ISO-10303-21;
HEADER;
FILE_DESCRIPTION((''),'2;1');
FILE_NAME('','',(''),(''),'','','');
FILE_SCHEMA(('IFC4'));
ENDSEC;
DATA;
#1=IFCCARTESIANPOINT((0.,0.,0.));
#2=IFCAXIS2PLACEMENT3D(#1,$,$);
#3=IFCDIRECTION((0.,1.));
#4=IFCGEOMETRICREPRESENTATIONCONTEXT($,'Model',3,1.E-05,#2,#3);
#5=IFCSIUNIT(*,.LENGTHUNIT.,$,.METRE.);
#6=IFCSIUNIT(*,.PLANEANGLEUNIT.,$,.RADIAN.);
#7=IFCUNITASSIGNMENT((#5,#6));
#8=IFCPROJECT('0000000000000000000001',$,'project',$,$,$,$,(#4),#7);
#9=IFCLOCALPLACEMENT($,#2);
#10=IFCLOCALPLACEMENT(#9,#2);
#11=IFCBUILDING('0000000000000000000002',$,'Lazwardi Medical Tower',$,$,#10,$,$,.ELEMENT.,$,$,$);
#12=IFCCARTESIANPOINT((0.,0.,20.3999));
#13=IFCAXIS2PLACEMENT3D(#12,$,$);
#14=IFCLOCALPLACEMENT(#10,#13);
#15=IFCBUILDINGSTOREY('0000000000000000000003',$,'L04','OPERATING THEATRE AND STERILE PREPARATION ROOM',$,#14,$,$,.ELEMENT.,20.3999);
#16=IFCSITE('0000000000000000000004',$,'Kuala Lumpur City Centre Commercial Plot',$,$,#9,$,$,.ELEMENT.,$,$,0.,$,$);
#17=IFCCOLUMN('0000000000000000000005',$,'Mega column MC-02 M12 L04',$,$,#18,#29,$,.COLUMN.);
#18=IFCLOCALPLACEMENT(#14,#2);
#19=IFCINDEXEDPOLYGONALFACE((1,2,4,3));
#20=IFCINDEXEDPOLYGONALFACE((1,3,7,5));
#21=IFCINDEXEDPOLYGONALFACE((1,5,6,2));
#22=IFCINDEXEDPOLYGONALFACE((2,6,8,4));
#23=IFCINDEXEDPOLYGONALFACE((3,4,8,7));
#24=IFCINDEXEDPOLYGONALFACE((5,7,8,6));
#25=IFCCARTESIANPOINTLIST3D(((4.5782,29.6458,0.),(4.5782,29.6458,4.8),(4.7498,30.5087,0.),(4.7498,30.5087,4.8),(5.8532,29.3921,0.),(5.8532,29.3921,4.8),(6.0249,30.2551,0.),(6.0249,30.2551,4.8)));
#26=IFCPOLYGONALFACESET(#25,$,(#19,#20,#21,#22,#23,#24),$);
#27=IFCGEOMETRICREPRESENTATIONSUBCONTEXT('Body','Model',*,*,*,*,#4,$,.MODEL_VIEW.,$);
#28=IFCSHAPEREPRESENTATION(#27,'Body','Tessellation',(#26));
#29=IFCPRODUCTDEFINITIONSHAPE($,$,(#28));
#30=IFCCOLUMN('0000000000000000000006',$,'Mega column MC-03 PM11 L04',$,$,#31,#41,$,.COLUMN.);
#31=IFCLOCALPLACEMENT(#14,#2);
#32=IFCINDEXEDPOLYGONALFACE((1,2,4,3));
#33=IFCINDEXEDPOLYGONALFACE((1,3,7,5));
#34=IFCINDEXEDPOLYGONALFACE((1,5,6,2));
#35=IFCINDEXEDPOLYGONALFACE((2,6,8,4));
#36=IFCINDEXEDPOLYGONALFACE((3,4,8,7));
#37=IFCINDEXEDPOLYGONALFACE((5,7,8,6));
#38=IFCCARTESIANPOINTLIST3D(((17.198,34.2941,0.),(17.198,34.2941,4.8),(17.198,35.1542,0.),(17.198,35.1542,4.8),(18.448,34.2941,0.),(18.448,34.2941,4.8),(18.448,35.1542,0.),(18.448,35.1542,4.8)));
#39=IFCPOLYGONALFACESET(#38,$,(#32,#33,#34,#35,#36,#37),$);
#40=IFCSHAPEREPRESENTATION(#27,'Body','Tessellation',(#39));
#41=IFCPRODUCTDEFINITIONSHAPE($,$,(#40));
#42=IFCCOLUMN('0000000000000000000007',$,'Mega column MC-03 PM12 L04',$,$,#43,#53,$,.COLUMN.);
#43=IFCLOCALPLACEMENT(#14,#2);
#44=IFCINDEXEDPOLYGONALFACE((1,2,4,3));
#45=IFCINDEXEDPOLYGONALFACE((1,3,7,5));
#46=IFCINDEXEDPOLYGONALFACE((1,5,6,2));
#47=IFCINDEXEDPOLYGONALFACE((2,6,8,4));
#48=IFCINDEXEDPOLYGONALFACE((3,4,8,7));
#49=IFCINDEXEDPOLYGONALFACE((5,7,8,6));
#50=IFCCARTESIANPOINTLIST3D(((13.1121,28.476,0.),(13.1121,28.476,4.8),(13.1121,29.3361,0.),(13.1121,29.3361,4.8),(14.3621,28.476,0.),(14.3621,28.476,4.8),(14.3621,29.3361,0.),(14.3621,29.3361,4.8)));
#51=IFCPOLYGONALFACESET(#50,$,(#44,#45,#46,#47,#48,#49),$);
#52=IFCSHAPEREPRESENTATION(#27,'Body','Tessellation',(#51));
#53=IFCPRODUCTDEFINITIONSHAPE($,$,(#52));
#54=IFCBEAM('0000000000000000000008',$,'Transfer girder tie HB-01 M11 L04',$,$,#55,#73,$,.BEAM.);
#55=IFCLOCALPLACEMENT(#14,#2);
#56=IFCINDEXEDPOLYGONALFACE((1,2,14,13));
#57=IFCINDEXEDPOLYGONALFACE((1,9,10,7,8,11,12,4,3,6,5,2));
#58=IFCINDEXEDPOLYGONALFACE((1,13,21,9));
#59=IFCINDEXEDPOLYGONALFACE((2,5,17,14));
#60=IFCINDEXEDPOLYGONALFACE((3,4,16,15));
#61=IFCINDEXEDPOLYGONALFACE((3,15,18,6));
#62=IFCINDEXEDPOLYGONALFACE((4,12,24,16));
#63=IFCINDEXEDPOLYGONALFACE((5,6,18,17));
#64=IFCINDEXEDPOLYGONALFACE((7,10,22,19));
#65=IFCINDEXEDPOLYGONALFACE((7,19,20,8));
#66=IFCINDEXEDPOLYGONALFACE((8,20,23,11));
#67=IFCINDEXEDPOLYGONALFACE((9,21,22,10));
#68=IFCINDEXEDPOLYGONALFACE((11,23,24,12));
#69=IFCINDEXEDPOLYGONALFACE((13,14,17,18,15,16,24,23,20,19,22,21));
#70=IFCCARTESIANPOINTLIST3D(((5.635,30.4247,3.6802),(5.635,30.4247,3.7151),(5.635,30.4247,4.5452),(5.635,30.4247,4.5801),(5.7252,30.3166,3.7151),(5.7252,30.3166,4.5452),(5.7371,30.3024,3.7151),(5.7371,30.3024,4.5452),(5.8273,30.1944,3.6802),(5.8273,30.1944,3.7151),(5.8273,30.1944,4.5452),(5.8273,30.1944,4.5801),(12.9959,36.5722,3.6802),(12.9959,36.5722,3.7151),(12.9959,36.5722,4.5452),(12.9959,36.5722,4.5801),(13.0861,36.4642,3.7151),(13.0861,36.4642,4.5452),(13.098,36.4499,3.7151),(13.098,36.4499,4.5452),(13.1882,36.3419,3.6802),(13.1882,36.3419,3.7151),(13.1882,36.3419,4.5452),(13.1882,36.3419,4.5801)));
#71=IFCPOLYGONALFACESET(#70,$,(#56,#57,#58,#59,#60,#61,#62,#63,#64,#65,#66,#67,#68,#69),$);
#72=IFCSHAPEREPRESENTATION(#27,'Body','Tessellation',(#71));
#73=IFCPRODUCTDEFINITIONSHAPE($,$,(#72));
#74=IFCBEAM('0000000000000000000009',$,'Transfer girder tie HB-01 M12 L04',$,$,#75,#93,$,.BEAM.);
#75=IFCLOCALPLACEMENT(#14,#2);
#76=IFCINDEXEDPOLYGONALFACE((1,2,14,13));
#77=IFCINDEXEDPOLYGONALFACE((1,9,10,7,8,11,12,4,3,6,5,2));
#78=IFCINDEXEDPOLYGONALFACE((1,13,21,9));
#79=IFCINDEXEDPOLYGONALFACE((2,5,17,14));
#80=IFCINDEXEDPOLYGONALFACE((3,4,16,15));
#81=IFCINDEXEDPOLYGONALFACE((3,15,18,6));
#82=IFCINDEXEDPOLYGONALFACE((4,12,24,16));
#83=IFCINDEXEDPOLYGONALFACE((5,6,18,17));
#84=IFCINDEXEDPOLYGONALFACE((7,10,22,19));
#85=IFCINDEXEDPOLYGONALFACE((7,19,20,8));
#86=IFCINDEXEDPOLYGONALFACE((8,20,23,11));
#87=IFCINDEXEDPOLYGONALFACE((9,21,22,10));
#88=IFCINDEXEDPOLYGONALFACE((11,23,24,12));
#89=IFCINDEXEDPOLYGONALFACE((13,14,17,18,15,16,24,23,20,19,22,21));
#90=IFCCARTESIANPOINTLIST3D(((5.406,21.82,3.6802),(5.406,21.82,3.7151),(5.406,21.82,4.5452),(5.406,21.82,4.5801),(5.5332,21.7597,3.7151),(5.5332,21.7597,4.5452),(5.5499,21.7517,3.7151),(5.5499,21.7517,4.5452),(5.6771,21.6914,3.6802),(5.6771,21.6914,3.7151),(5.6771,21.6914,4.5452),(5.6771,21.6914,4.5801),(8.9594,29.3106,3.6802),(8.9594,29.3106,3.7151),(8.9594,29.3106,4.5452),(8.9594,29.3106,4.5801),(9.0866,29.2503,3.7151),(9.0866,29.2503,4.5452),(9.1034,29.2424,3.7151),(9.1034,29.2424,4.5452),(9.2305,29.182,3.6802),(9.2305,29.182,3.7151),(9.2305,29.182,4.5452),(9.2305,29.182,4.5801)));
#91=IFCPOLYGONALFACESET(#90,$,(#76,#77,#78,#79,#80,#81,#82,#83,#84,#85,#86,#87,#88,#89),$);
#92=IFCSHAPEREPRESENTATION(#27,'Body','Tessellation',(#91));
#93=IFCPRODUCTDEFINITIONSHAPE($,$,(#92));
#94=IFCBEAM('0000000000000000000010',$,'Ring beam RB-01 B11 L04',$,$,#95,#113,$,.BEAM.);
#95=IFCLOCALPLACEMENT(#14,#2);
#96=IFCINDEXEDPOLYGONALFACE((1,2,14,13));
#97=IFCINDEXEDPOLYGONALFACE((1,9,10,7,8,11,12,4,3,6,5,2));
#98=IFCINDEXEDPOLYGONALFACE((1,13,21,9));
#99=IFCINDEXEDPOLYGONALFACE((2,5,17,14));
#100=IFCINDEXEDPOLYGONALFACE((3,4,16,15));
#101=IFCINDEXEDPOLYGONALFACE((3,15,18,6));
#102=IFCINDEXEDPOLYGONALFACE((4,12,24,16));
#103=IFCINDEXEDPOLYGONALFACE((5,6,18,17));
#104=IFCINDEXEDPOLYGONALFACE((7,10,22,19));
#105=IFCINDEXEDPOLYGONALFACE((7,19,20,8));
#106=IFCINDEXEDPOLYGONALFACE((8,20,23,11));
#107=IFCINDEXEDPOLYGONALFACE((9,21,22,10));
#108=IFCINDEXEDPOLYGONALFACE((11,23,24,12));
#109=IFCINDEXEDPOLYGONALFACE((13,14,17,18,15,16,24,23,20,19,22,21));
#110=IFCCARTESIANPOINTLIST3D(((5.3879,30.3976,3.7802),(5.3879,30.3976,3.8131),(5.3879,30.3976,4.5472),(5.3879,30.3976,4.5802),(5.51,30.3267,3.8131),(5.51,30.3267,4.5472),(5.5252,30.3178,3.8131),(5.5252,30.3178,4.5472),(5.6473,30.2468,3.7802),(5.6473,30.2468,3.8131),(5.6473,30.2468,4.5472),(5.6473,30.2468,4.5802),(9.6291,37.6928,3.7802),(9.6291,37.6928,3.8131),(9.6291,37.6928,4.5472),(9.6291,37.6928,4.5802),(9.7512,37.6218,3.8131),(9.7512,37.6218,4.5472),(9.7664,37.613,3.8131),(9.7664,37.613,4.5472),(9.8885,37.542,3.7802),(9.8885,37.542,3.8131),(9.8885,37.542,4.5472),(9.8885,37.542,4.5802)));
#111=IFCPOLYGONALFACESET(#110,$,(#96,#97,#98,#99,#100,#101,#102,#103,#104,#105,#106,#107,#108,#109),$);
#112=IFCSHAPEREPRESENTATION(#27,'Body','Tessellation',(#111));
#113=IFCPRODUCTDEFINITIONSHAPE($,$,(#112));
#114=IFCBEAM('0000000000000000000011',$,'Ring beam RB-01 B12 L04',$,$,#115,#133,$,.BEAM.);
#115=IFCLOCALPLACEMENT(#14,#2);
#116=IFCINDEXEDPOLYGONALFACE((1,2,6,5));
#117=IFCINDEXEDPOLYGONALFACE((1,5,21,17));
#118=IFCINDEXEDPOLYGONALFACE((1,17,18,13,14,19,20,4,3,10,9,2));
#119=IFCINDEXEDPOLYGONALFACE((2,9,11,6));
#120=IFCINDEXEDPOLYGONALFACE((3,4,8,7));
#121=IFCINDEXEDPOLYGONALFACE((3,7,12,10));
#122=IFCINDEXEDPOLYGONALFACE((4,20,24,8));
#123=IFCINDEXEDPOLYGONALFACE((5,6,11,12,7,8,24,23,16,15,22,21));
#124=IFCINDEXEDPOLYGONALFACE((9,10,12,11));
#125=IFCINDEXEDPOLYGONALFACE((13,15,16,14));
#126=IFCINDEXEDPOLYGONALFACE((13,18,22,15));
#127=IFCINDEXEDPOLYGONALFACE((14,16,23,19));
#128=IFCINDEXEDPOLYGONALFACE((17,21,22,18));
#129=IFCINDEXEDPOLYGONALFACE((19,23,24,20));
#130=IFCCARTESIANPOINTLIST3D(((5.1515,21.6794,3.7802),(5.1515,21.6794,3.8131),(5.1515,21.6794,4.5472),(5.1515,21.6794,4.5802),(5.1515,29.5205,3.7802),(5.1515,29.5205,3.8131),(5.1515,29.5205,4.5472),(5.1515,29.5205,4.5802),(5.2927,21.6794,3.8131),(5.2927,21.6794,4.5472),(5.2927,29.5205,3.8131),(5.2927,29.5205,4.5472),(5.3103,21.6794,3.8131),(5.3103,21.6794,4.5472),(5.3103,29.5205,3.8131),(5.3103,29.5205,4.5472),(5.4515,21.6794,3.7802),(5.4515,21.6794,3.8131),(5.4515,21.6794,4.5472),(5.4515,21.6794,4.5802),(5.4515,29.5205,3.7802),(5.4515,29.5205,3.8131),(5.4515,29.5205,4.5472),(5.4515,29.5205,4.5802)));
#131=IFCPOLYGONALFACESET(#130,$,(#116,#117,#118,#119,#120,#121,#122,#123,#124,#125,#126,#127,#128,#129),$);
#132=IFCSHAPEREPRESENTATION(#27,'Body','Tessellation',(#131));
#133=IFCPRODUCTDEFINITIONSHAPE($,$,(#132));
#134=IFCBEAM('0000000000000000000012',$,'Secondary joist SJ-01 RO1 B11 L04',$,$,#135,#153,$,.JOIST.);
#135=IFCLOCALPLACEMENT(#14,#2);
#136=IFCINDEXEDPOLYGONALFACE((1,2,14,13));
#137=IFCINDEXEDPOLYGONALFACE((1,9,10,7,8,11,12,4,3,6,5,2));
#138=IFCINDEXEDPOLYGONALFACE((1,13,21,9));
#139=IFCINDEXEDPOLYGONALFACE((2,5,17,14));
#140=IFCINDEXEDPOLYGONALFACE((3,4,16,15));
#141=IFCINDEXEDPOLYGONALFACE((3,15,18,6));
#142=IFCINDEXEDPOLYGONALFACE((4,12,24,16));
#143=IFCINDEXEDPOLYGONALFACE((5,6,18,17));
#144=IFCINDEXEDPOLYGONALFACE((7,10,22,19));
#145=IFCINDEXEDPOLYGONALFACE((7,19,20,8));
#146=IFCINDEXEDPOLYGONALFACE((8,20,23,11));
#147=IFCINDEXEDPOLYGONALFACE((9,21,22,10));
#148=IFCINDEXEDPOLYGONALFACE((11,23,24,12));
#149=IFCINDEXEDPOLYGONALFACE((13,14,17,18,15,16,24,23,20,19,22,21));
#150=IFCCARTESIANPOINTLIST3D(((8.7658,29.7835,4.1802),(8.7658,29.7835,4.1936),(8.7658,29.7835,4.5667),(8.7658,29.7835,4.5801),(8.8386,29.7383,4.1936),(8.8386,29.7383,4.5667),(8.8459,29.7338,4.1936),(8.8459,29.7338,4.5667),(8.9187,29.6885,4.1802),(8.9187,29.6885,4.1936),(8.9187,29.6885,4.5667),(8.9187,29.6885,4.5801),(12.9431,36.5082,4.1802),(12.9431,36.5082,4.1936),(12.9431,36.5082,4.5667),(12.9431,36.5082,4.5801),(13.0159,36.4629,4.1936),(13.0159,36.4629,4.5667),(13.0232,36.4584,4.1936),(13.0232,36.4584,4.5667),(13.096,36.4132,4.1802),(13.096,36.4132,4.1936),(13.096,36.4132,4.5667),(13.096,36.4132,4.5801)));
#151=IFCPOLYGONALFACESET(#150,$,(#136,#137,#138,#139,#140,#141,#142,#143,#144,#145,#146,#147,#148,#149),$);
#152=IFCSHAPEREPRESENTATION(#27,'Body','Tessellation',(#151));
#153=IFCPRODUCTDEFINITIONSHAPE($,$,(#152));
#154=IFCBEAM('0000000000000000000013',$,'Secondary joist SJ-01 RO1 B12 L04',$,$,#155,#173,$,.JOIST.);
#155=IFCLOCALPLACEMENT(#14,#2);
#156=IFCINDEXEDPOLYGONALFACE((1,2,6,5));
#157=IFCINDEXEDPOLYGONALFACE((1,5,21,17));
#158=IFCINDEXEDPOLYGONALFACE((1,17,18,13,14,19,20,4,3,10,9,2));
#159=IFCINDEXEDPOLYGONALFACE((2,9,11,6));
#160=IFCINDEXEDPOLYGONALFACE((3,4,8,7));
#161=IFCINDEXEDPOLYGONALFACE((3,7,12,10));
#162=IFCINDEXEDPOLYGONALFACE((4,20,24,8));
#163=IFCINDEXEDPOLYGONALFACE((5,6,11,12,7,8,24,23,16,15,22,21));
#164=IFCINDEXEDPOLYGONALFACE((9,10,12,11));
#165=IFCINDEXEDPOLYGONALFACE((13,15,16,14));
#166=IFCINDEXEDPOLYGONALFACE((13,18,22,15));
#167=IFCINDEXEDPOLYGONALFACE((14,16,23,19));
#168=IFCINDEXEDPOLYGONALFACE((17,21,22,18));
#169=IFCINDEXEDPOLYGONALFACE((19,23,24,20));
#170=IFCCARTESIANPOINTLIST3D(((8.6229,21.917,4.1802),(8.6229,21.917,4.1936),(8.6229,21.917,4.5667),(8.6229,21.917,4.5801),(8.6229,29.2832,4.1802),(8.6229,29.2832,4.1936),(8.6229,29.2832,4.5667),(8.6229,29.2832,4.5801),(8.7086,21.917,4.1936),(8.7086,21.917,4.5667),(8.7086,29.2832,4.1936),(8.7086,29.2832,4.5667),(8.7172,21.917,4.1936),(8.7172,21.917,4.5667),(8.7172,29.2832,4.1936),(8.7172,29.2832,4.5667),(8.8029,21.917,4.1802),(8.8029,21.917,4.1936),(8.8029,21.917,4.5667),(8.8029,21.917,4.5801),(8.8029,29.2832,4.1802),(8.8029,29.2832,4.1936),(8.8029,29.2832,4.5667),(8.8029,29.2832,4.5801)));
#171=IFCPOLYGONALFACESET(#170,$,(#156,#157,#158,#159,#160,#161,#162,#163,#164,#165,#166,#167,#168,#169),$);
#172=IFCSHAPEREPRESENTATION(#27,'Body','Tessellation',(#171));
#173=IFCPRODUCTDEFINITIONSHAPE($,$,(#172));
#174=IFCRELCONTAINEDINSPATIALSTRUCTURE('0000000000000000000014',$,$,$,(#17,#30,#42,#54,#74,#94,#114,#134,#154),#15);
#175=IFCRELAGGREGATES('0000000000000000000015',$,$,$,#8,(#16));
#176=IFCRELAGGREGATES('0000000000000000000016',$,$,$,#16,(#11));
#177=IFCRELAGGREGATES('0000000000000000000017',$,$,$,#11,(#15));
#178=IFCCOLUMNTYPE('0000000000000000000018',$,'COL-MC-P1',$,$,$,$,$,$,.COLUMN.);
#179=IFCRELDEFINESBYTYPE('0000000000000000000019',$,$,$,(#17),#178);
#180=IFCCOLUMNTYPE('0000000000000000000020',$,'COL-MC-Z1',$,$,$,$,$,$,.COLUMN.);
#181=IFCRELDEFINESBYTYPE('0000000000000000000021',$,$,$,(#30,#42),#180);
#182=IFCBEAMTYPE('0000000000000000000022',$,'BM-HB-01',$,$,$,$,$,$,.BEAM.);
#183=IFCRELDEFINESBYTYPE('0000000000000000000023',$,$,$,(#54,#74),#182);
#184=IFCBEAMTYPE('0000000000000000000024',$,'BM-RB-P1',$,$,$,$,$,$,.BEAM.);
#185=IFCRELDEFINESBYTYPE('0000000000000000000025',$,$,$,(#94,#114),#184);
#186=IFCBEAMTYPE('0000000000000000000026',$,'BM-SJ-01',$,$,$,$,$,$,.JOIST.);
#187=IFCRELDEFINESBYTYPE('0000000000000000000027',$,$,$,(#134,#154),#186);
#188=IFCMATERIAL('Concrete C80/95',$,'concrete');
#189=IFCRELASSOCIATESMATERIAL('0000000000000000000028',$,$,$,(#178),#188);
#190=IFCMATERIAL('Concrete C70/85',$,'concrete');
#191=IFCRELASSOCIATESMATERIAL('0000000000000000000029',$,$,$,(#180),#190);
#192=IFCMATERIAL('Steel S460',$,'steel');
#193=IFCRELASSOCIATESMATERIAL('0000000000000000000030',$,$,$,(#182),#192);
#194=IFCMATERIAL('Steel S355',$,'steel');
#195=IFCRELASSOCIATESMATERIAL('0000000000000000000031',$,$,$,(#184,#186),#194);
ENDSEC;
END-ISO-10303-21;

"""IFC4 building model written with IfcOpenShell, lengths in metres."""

from ifc_helpers import new_model, si_unit, direction, frame, origin, origin_2d, place, context, subcontext, project, spatial, rectangle, i_section, extrude, material, material_profile, profile_set, type_object, element, save


model = new_model("IFC4")

# Units and contexts
model_context = context("Model", 3, precision=1e-05, world=origin(), true_north=direction((0.0, 1.0)))
body_context = subcontext(model_context, "Body", "Model", "MODEL_VIEW")
ifc_project = project(units=[si_unit("LENGTHUNIT", "METRE"), si_unit("PLANEANGLEUNIT", "RADIAN")], contexts=[model_context])

# Site, building, storey
site_placement = place(None, origin())
site = spatial("IfcSite", under=ifc_project, at=site_placement, Name="Kuala Lumpur City Centre Commercial Plot", CompositionType="ELEMENT", RefElevation=0.0)
building_placement = place(site_placement, origin())
building = spatial("IfcBuilding", under=site, at=building_placement, Name="Lazwardi Medical Tower", CompositionType="ELEMENT")
storey_placement = place(building_placement, frame((0.0, 0.0, 20.3999)))
storey = spatial("IfcBuildingStorey", under=building, at=storey_placement, Name="L04", Description="OPERATING THEATRE AND STERILE PREPARATION ROOM", CompositionType="ELEMENT", Elevation=20.3999)

# Columns
ifc_material_1 = material(Name="Concrete C80/95", Category="concrete")
ifc_material_profile_1 = material_profile(ifc_material_1, rectangle(XDim=1.3, YDim=0.8799, at=origin_2d()), Name="CFT-RECT 1300x880")
ifc_profile_set_1 = profile_set([ifc_material_profile_1], Name="Concrete C80/95")
column_type_1 = type_object("IfcColumnType", Name="COL-MC-P1", PredefinedType="COLUMN", material=ifc_profile_set_1)
column_placement = place(storey_placement, frame((5.3015, 29.9504, 0.0), z_axis=(0.0, 0.0, 1.0), x_axis=(-0.980785, 0.19509, 0.0)))
element("IfcColumn", 1, at=column_placement, inside=storey, type_object=column_type_1, Name="Mega column MC-02 M12 L04", PredefinedType="COLUMN", context=body_context, shape_type="SweptSolid", body=[
    extrude(rectangle(XDim=1.3, YDim=0.8799, at=origin_2d()), origin(), (0.0, 0.0, 1.0), 4.8),
])
ifc_material_2 = material(Name="Concrete C70/85", Category="concrete")
ifc_material_profile_2 = material_profile(ifc_material_2, rectangle(XDim=1.25, YDim=0.8601, at=origin_2d()), Name="CFT-RECT 1250x860")
ifc_profile_set_2 = profile_set([ifc_material_profile_2], Name="Concrete C70/85")
column_type_2 = type_object("IfcColumnType", Name="COL-MC-Z1", PredefinedType="COLUMN", material=ifc_profile_set_2)
for number, where, z_axis, x_axis, name in (
    (2, (17.823, 34.7241, 0.0), (0.0, 0.0, 1.0), (1.0, 0.0, 0.0), "Mega column MC-03 PM11 L04"),
    (3, (13.7371, 28.906, 0.0), (0.0, 0.0, 1.0), (1.0, 0.0, 0.0), "Mega column MC-03 PM12 L04"),
):
    element("IfcColumn", number, at=place(storey_placement, frame(where, z_axis=z_axis, x_axis=x_axis)), inside=storey, type_object=column_type_2, Name=name, PredefinedType="COLUMN", context=body_context, shape_type="SweptSolid", body=[
        extrude(rectangle(XDim=1.25, YDim=0.8601, at=origin_2d()), origin(), (0.0, 0.0, 1.0), 4.8),
    ])

# Beams
ifc_material_3 = material(Name="Steel S460", Category="steel")
ifc_material_profile_3 = material_profile(ifc_material_3, i_section(OverallWidth=0.3, OverallDepth=0.8999, WebThickness=0.0186, FlangeThickness=0.0349, at=origin_2d()), Name="HEB 900")
ifc_profile_set_3 = profile_set([ifc_material_profile_3], Name="Steel S460")
beam_type_1 = type_object("IfcBeamType", Name="BM-HB-01", PredefinedType="BEAM", material=ifc_profile_set_3)
beam_1_placement = place(storey_placement, frame((13.092, 36.457, 4.1301), z_axis=(-0.767532, -0.64101, 0.0), x_axis=(0.64101, -0.767532, 0.0)))
element("IfcBeam", 4, at=beam_1_placement, inside=storey, type_object=beam_type_1, Name="Transfer girder tie HB-01 M11 L04", PredefinedType="BEAM", context=body_context, shape_type="SweptSolid", body=[
    extrude(i_section(OverallWidth=0.3, OverallDepth=0.8999, WebThickness=0.0186, FlangeThickness=0.0349, at=origin_2d()), origin(), (0.0, 0.0, 1.0), 9.5903),
])
beam_2_placement = place(storey_placement, frame((9.095, 29.2463, 4.1301), z_axis=(-0.428601, -0.903494, 0.0), x_axis=(0.903494, -0.428601, 0.0)))
element("IfcBeam", 5, at=beam_2_placement, inside=storey, type_object=beam_type_1, Name="Transfer girder tie HB-01 M12 L04", PredefinedType="BEAM", context=body_context, shape_type="SweptSolid", body=[
    extrude(i_section(OverallWidth=0.3, OverallDepth=0.8999, WebThickness=0.0186, FlangeThickness=0.0349, at=origin_2d()), origin(), (0.0, 0.0, 1.0), 8.2908),
])
ifc_material_4 = material(Name="Steel S355", Category="steel")
ifc_material_profile_4 = material_profile(ifc_material_4, i_section(OverallWidth=0.3, OverallDepth=0.8, WebThickness=0.0176, FlangeThickness=0.033, at=origin_2d()), Name="HEB 800")
ifc_profile_set_4 = profile_set([ifc_material_profile_4], Name="Steel S355")
beam_type_2 = type_object("IfcBeamType", Name="BM-RB-P1", PredefinedType="BEAM", material=ifc_profile_set_4)
beam_3_placement = place(storey_placement, frame((9.7588, 37.6174, 4.1802), z_axis=(-0.502606, -0.864516, 0.0), x_axis=(0.864516, -0.502606, 0.0)))
element("IfcBeam", 6, at=beam_3_placement, inside=storey, type_object=beam_type_2, Name="Ring beam RB-01 B11 L04", PredefinedType="BEAM", context=body_context, shape_type="SweptSolid", body=[
    extrude(i_section(OverallWidth=0.3, OverallDepth=0.8, WebThickness=0.0176, FlangeThickness=0.033, at=origin_2d()), origin(), (0.0, 0.0, 1.0), 8.4385),
])
beam_4_placement = place(storey_placement, frame((5.3015, 29.5205, 4.1802), z_axis=(0.0, -1.0, 0.0), x_axis=(1.0, 0.0, 0.0)))
element("IfcBeam", 7, at=beam_4_placement, inside=storey, type_object=beam_type_2, Name="Ring beam RB-01 B12 L04", PredefinedType="BEAM", context=body_context, shape_type="SweptSolid", body=[
    extrude(i_section(OverallWidth=0.3, OverallDepth=0.8, WebThickness=0.0176, FlangeThickness=0.033, at=origin_2d()), origin(), (0.0, 0.0, 1.0), 7.8411),
])
ifc_material_profile_5 = material_profile(ifc_material_4, i_section(OverallWidth=0.1799, OverallDepth=0.3999, WebThickness=0.0085, FlangeThickness=0.0134, at=origin_2d()), Name="IPE 400")
ifc_profile_set_5 = profile_set([ifc_material_profile_5], Name="Steel S355")
beam_type_3 = type_object("IfcBeamType", Name="BM-SJ-01", PredefinedType="JOIST", material=ifc_profile_set_5)
beam_5_placement = place(storey_placement, frame((13.0195, 36.4607, 4.3801), z_axis=(-0.527668, -0.84945, 0.0), x_axis=(0.84945, -0.527668, 0.0)))
element("IfcBeam", 8, at=beam_5_placement, inside=storey, type_object=beam_type_3, Name="Secondary joist SJ-01 RO1 B11 L04", PredefinedType="JOIST", context=body_context, shape_type="SweptSolid", body=[
    extrude(i_section(OverallWidth=0.1799, OverallDepth=0.3999, WebThickness=0.0085, FlangeThickness=0.0134, at=origin_2d()), origin(), (0.0, 0.0, 1.0), 7.9165),
])
beam_6_placement = place(storey_placement, frame((8.7129, 29.2832, 4.3801), z_axis=(0.0, -1.0, 0.0), x_axis=(1.0, 0.0, 0.0)))
element("IfcBeam", 9, at=beam_6_placement, inside=storey, type_object=beam_type_3, Name="Secondary joist SJ-01 RO1 B12 L04", PredefinedType="JOIST", context=body_context, shape_type="SweptSolid", body=[
    extrude(i_section(OverallWidth=0.1799, OverallDepth=0.3999, WebThickness=0.0085, FlangeThickness=0.0134, at=origin_2d()), origin(), (0.0, 0.0, 1.0), 7.3662),
])

save(model, "model.ifc")
